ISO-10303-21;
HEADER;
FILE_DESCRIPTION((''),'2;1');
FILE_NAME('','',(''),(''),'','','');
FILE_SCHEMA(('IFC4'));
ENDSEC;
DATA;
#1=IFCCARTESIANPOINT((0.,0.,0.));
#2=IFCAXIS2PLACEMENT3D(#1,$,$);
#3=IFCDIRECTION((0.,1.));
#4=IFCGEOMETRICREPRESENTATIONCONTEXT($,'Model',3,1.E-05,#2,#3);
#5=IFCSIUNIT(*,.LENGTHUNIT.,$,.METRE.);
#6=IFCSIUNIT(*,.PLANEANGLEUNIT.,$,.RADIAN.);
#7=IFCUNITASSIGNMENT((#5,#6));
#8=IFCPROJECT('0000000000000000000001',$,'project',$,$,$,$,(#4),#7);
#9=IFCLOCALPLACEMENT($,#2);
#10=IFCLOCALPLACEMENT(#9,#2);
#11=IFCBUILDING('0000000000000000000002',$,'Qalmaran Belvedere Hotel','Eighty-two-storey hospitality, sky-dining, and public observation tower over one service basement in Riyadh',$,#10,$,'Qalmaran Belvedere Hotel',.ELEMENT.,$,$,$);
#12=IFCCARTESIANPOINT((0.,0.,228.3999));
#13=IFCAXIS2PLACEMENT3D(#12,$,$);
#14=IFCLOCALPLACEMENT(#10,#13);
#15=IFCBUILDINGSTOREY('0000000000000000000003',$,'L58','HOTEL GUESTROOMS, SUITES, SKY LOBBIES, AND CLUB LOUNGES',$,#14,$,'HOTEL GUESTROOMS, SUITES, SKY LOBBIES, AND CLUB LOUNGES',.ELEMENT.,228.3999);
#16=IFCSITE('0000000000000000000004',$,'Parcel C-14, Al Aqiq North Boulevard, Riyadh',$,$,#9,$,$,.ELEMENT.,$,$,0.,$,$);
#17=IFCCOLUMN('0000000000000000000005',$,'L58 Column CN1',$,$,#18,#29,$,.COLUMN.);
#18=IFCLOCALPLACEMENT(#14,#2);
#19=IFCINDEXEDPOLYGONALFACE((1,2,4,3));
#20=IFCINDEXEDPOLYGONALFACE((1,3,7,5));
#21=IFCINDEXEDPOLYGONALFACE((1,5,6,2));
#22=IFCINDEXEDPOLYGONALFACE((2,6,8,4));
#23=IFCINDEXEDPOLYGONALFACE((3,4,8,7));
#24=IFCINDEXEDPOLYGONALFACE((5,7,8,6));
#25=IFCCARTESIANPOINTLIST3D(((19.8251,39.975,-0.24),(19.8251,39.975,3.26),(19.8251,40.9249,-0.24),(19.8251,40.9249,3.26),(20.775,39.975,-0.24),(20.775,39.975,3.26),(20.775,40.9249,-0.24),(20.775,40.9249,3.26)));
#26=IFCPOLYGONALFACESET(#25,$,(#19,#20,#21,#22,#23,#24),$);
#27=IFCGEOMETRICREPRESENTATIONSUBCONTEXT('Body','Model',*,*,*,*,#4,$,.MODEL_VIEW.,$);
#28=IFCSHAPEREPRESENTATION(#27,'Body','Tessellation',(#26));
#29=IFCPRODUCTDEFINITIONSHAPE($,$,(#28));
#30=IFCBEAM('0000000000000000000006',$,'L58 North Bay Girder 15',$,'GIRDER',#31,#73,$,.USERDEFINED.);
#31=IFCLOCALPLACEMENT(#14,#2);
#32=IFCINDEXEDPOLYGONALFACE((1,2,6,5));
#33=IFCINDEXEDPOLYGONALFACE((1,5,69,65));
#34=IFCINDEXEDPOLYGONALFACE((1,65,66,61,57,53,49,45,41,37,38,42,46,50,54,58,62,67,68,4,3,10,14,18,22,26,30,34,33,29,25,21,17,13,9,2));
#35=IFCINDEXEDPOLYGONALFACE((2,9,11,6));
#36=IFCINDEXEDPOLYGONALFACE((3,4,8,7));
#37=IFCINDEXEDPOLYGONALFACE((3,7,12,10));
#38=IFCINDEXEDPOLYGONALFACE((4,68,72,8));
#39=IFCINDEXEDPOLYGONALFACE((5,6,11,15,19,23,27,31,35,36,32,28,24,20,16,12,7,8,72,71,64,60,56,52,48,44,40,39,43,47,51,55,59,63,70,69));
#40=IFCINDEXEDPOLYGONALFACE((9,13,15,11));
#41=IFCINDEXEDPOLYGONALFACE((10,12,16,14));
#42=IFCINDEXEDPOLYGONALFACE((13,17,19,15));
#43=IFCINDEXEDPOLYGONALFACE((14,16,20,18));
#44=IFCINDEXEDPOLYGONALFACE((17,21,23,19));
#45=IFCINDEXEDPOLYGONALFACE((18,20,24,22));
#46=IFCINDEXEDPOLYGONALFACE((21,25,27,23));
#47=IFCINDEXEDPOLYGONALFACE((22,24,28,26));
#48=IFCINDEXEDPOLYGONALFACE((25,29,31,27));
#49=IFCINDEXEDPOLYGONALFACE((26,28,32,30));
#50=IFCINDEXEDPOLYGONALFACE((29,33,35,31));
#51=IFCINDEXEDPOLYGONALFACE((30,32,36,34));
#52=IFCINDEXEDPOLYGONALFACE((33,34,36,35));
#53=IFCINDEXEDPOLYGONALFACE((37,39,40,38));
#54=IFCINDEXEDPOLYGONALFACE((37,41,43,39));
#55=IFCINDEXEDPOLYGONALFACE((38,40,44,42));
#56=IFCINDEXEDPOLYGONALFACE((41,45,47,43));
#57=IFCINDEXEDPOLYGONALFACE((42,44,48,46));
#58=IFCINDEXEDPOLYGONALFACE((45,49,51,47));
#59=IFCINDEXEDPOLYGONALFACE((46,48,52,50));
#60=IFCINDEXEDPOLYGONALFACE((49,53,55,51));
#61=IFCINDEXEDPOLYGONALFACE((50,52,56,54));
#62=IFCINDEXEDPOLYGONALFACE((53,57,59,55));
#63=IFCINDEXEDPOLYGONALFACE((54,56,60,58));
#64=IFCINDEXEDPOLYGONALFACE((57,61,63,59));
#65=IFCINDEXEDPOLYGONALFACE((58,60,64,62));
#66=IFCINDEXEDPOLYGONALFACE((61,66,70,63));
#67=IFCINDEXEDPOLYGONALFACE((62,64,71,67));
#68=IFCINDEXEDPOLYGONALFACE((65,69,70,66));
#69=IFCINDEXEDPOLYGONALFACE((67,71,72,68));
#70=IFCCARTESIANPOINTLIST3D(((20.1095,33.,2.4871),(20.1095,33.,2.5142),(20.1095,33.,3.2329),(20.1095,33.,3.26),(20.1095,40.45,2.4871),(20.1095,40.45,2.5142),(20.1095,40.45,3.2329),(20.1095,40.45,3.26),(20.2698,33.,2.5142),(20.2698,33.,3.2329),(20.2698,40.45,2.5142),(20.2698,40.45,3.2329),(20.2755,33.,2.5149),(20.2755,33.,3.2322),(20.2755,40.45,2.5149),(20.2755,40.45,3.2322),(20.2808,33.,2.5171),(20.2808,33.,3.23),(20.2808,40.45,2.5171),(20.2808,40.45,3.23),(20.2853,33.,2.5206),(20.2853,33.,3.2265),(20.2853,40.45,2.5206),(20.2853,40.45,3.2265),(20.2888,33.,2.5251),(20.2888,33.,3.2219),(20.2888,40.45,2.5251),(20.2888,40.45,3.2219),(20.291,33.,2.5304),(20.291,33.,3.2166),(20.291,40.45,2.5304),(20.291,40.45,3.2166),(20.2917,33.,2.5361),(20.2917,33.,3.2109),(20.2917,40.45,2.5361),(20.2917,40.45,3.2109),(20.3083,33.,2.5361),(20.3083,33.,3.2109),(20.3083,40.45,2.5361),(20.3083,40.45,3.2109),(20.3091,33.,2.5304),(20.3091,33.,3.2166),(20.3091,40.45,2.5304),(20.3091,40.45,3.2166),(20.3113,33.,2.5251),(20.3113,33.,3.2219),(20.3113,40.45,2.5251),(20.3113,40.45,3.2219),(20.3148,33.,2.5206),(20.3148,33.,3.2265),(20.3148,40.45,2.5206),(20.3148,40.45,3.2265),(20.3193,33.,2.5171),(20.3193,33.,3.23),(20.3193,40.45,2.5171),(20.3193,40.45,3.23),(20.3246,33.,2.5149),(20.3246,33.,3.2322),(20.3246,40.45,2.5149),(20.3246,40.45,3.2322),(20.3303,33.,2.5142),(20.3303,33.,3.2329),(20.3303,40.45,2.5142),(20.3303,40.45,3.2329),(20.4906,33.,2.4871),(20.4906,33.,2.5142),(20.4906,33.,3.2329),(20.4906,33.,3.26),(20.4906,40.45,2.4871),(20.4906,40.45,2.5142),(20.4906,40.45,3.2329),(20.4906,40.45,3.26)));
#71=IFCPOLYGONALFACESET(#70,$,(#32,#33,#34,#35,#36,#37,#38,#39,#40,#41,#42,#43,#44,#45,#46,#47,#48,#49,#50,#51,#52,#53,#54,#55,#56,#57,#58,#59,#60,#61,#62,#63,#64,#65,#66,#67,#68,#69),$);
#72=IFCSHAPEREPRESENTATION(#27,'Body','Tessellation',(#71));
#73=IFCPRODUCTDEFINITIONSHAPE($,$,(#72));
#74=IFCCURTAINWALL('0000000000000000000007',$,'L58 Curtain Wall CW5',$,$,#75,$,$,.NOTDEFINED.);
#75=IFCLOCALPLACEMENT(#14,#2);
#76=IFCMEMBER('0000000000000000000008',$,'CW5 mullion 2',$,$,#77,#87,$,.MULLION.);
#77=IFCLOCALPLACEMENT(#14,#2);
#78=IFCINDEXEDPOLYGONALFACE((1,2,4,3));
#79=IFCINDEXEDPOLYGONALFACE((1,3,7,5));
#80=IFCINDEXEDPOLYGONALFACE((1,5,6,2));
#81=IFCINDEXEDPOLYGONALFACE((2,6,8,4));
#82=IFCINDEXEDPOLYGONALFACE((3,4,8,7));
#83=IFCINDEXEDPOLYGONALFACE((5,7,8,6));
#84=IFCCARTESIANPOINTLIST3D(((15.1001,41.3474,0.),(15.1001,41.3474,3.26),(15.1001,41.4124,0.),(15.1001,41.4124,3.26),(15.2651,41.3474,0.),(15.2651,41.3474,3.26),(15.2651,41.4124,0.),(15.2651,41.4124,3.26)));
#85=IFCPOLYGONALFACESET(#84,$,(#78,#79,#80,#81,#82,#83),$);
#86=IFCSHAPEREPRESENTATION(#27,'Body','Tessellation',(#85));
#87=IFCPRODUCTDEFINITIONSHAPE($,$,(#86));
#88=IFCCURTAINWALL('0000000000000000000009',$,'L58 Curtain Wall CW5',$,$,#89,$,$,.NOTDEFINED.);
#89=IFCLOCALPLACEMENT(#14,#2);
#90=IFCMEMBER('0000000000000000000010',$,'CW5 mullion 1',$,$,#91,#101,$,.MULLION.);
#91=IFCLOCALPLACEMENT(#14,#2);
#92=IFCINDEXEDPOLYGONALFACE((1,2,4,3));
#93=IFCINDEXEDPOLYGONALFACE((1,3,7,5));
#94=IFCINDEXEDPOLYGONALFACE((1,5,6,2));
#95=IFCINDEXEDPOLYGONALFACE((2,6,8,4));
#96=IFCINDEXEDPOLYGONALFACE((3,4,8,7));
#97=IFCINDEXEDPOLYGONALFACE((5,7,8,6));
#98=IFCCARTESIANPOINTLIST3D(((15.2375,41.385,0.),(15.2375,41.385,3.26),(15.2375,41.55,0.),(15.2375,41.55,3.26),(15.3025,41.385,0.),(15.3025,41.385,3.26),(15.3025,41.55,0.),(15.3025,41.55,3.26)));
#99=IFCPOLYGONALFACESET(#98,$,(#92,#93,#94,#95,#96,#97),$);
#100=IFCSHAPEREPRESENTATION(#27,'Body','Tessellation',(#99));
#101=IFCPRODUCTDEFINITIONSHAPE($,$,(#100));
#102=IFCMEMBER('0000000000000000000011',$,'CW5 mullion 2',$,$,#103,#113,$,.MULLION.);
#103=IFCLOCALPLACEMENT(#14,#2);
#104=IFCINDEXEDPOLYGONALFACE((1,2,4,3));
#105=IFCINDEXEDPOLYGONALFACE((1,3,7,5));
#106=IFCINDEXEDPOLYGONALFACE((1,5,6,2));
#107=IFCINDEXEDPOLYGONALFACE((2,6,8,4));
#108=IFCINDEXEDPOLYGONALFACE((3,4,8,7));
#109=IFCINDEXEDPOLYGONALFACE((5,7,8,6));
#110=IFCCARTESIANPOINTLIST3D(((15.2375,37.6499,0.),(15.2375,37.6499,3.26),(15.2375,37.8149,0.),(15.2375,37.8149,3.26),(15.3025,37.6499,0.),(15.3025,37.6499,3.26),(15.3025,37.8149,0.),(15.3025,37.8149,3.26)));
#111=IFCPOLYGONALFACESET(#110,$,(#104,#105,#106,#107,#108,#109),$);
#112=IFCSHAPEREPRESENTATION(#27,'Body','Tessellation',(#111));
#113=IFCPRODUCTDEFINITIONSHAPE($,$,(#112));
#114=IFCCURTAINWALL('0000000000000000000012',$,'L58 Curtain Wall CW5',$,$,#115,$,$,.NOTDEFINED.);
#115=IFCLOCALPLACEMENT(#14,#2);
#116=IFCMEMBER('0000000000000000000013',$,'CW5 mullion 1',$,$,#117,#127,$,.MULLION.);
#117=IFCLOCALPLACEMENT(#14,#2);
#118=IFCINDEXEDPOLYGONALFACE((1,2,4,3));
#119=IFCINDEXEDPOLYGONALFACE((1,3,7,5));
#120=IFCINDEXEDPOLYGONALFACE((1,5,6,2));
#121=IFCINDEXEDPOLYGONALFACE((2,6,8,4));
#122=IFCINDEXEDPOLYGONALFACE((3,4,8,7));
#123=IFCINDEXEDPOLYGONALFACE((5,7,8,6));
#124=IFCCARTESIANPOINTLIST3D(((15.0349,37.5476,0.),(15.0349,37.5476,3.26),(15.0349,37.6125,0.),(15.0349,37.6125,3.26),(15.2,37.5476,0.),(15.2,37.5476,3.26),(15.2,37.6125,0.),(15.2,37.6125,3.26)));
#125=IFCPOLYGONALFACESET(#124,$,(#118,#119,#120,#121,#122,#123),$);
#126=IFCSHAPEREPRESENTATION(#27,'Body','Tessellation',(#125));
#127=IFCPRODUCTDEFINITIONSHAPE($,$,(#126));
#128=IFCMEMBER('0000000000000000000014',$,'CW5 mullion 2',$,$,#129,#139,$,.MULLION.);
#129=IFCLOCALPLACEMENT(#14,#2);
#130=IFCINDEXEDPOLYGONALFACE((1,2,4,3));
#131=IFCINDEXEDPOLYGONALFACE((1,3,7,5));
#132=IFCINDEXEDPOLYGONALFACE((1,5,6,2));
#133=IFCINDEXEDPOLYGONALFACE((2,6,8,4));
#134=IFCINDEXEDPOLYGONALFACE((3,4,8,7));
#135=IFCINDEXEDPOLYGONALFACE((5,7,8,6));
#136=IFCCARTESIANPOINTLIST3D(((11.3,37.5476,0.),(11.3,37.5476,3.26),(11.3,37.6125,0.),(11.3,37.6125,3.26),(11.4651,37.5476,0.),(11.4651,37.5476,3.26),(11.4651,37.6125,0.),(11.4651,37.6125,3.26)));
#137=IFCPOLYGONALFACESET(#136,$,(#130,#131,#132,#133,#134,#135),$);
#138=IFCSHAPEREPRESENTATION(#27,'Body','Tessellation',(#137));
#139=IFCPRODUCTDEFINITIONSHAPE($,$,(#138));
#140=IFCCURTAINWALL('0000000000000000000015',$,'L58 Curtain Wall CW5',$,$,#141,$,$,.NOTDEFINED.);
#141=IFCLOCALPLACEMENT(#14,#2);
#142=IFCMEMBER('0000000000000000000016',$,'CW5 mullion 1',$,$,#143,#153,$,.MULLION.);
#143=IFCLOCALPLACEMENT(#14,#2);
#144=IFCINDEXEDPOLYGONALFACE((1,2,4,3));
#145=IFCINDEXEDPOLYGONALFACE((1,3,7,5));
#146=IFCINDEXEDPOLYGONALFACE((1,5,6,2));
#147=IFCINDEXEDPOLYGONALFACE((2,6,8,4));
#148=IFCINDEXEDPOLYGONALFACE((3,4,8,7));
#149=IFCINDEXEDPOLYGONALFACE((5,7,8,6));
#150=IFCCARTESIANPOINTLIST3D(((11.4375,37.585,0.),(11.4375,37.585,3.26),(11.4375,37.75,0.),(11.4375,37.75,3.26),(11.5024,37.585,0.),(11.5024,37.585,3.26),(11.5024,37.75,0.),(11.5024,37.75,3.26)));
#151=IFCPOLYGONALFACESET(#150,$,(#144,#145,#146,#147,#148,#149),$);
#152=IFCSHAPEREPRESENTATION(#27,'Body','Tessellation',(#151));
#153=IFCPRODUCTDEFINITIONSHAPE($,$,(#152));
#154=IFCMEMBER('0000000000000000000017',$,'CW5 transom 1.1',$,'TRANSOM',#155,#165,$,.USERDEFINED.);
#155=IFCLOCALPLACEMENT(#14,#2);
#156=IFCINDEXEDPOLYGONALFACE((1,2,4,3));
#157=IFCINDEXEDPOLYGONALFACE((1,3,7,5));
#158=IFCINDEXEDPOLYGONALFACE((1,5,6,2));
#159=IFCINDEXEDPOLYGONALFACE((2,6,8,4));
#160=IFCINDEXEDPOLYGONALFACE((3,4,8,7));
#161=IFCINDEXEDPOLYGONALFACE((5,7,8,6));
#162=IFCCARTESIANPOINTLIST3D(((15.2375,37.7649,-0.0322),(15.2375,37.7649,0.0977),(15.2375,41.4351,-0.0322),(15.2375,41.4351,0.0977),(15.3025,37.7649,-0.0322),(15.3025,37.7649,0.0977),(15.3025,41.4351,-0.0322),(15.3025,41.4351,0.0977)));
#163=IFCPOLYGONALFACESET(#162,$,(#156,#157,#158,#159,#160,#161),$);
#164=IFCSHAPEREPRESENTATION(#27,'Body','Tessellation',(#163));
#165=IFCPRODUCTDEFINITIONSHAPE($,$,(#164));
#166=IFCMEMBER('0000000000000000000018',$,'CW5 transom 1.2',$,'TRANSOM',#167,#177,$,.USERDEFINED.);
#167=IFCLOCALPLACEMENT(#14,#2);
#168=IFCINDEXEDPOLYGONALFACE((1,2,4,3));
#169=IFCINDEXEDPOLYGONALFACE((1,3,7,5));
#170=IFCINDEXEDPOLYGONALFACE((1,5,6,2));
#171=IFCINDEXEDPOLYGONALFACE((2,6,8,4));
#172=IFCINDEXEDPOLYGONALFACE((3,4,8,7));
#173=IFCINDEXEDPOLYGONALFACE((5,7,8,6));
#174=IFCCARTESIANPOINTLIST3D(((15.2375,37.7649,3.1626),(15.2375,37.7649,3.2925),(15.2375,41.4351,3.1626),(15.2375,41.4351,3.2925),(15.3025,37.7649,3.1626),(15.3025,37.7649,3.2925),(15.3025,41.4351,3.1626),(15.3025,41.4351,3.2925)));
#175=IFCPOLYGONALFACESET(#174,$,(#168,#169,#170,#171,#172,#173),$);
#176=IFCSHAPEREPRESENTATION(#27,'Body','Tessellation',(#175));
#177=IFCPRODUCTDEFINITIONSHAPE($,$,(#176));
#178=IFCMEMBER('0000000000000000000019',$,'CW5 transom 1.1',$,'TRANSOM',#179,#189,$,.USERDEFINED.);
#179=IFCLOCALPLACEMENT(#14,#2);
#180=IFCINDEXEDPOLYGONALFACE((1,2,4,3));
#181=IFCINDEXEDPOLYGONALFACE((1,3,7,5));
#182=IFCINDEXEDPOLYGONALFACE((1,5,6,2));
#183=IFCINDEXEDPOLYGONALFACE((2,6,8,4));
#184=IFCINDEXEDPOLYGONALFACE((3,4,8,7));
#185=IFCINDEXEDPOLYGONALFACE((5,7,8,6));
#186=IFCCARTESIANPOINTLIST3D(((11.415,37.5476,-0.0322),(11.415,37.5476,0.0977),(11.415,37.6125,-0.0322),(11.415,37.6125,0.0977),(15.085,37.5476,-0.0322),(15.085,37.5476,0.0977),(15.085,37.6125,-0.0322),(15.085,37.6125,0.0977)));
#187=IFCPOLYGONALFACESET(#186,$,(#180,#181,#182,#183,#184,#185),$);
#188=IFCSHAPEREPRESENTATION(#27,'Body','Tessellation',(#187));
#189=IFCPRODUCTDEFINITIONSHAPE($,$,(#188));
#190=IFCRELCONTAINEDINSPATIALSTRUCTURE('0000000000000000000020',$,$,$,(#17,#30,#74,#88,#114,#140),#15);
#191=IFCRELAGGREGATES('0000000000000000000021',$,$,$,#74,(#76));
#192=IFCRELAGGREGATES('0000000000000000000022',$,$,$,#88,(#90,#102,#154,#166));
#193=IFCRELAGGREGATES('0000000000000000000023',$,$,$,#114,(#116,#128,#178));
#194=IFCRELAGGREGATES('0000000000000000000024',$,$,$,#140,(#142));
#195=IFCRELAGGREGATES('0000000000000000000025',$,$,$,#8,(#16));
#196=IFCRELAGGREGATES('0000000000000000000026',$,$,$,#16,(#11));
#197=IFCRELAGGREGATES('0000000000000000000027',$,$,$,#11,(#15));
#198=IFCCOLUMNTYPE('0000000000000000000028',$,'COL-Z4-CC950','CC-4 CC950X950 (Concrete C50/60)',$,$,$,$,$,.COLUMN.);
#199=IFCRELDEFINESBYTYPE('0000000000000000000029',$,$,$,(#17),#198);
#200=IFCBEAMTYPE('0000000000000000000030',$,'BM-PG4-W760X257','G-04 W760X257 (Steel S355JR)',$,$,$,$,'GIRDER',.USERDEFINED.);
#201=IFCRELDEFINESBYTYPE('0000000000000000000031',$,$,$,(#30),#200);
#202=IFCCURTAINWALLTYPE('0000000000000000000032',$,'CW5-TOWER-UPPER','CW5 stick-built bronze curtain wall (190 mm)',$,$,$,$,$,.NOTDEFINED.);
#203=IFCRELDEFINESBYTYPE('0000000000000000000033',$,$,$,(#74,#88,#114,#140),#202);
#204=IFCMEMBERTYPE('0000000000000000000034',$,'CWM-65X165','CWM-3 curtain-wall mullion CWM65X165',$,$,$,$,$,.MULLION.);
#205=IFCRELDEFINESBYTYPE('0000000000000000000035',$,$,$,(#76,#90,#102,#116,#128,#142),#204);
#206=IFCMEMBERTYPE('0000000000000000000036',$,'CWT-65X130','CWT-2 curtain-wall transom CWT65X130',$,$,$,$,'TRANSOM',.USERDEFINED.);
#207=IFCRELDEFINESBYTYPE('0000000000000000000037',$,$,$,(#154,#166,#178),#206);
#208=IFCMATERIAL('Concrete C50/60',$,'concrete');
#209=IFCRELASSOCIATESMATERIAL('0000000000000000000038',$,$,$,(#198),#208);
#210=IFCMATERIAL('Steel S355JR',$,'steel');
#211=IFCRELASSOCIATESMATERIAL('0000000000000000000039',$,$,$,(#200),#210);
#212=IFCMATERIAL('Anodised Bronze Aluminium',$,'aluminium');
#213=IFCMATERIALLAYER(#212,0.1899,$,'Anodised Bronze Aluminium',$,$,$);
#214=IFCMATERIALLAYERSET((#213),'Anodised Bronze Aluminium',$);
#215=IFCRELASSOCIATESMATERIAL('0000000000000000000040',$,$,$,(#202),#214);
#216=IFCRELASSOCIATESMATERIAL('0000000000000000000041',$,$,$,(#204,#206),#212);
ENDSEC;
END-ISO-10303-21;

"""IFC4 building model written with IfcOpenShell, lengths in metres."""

from ifc_helpers import new_model, si_unit, direction, frame, origin, origin_2d, place, context, subcontext, project, spatial, rectangle, i_section, extrude, material, layer, layer_set, material_profile, profile_set, type_object, element, aggregate, save


model = new_model("IFC4")

# Units and contexts
model_context = context("Model", 3, precision=1e-05, world=origin(), true_north=direction((0.0, 1.0)))
body_context = subcontext(model_context, "Body", "Model", "MODEL_VIEW")
ifc_project = project(units=[si_unit("LENGTHUNIT", "METRE"), si_unit("PLANEANGLEUNIT", "RADIAN")], contexts=[model_context])

# Site, building, storey
site_placement = place(None, origin())
site = spatial("IfcSite", under=ifc_project, at=site_placement, Name="Parcel C-14, Al Aqiq North Boulevard, Riyadh", CompositionType="ELEMENT", RefElevation=0.0)
building_placement = place(site_placement, origin())
building = spatial("IfcBuilding", under=site, at=building_placement, Name="Qalmaran Belvedere Hotel", Description="Eighty-two-storey hospitality, sky-dining, and public observation tower over one service basement in Riyadh", LongName="Qalmaran Belvedere Hotel", CompositionType="ELEMENT")
storey_placement = place(building_placement, frame((0.0, 0.0, 228.3999)))
storey = spatial("IfcBuildingStorey", under=building, at=storey_placement, Name="L58", Description="HOTEL GUESTROOMS, SUITES, SKY LOBBIES, AND CLUB LOUNGES", LongName="HOTEL GUESTROOMS, SUITES, SKY LOBBIES, AND CLUB LOUNGES", CompositionType="ELEMENT", Elevation=228.3999)

# Column
ifc_material_1 = material(Name="Concrete C50/60", Category="concrete")
ifc_material_profile_1 = material_profile(ifc_material_1, rectangle(XDim=0.95, YDim=0.95, at=origin_2d()), Name="CC950X950")
ifc_profile_set_1 = profile_set([ifc_material_profile_1], Name="Concrete C50/60")
column_type = type_object("IfcColumnType", Name="COL-Z4-CC950", Description="CC-4 CC950X950 (Concrete C50/60)", PredefinedType="COLUMN", material=ifc_profile_set_1)
column_placement = place(storey_placement, frame((20.3, 40.45, -0.24), z_axis=(0.0, 0.0, 1.0), x_axis=(1.0, 0.0, 0.0)))
element("IfcColumn", 1, at=column_placement, inside=storey, type_object=column_type, Name="L58 Column CN1", PredefinedType="COLUMN", context=body_context, shape_type="SweptSolid", body=[
    extrude(rectangle(XDim=0.95, YDim=0.95, at=origin_2d()), origin(), (0.0, 0.0, 1.0), 3.5),
])

# Beam
ifc_material_2 = material(Name="Steel S355JR", Category="steel")
ifc_material_profile_2 = material_profile(ifc_material_2, i_section(OverallWidth=0.3811, OverallDepth=0.7729, WebThickness=0.0166, FlangeThickness=0.0271, FilletRadius=0.022, at=origin_2d()), Name="W760X257")
ifc_profile_set_2 = profile_set([ifc_material_profile_2], Name="Steel S355JR")
beam_type = type_object("IfcBeamType", Name="BM-PG4-W760X257", Description="G-04 W760X257 (Steel S355JR)", ElementType="GIRDER", PredefinedType="USERDEFINED", material=ifc_profile_set_2)
beam_placement = place(storey_placement, frame((20.3, 33.0, 2.8735), z_axis=(0.0, 1.0, 0.0), x_axis=(-1.0, 0.0, 0.0)))
element("IfcBeam", 2, at=beam_placement, inside=storey, type_object=beam_type, Name="L58 North Bay Girder 15", ObjectType="GIRDER", PredefinedType="USERDEFINED", context=body_context, shape_type="SweptSolid", body=[
    extrude(i_section(OverallWidth=0.3811, OverallDepth=0.7729, WebThickness=0.0166, FlangeThickness=0.0271, FilletRadius=0.022, at=origin_2d()), origin(), (0.0, 0.0, 1.0), 7.45),
])

# Curtain wall, member
ifc_material_3 = material(Name="Anodised Bronze Aluminium", Category="aluminium")
ifc_layer_1 = layer(ifc_material_3, 0.1899, Name="Anodised Bronze Aluminium")
ifc_layer_set_1 = layer_set([ifc_layer_1], Name="Anodised Bronze Aluminium")
curtain_wall_type = type_object("IfcCurtainWallType", Name="CW5-TOWER-UPPER", Description="CW5 stick-built bronze curtain wall (190 mm)", PredefinedType="NOTDEFINED", material=ifc_layer_set_1)
curtain_wall_1_placement = place(storey_placement, origin())
curtain_wall_1 = element("IfcCurtainWall", 3, at=curtain_wall_1_placement, inside=storey, type_object=curtain_wall_type, Name="L58 Curtain Wall CW5", PredefinedType="NOTDEFINED")
ifc_material_profile_3 = material_profile(ifc_material_3, rectangle(XDim=0.0649, YDim=0.165, at=origin_2d()), Name="CWM65X165")
ifc_profile_set_3 = profile_set([ifc_material_profile_3], Name="Anodised Bronze Aluminium")
member_type_1 = type_object("IfcMemberType", Name="CWM-65X165", Description="CWM-3 curtain-wall mullion CWM65X165", PredefinedType="MULLION", material=ifc_profile_set_3)
member_1_placement = place(storey_placement, frame((15.1826, 41.3799, 0.0), z_axis=(0.0, 0.0, 1.0), x_axis=(0.0, -1.0, 0.0)))
member_1 = element("IfcMember", 4, at=member_1_placement, type_object=member_type_1, Name="CW5 mullion 2", PredefinedType="MULLION", context=body_context, shape_type="SweptSolid", body=[
    extrude(rectangle(XDim=0.0649, YDim=0.165, at=origin_2d()), origin(), (0.0, 0.0, 1.0), 3.26),
])

# Curtain walls, members
curtain_wall_2_placement = place(storey_placement, origin())
curtain_wall_2 = element("IfcCurtainWall", 5, at=curtain_wall_2_placement, inside=storey, type_object=curtain_wall_type, Name="L58 Curtain Wall CW5", PredefinedType="NOTDEFINED")
member_2_placement = place(storey_placement, frame((15.27, 41.4675, 0.0), z_axis=(0.0, 0.0, 1.0), x_axis=(1.0, 0.0, 0.0)))
member_2 = element("IfcMember", 6, at=member_2_placement, type_object=member_type_1, Name="CW5 mullion 1", PredefinedType="MULLION", context=body_context, shape_type="SweptSolid", body=[
    extrude(rectangle(XDim=0.0649, YDim=0.165, at=origin_2d()), origin(), (0.0, 0.0, 1.0), 3.26),
])
member_3_placement = place(storey_placement, frame((15.27, 37.7324, 0.0), z_axis=(0.0, 0.0, 1.0), x_axis=(1.0, 0.0, 0.0)))
member_3 = element("IfcMember", 7, at=member_3_placement, type_object=member_type_1, Name="CW5 mullion 2", PredefinedType="MULLION", context=body_context, shape_type="SweptSolid", body=[
    extrude(rectangle(XDim=0.0649, YDim=0.165, at=origin_2d()), origin(), (0.0, 0.0, 1.0), 3.26),
])
curtain_wall_3_placement = place(storey_placement, origin())
curtain_wall_3 = element("IfcCurtainWall", 8, at=curtain_wall_3_placement, inside=storey, type_object=curtain_wall_type, Name="L58 Curtain Wall CW5", PredefinedType="NOTDEFINED")
member_4_placement = place(storey_placement, frame((15.1174, 37.5801, 0.0), z_axis=(0.0, 0.0, 1.0), x_axis=(0.0, -1.0, 0.0)))
member_4 = element("IfcMember", 9, at=member_4_placement, type_object=member_type_1, Name="CW5 mullion 1", PredefinedType="MULLION", context=body_context, shape_type="SweptSolid", body=[
    extrude(rectangle(XDim=0.0649, YDim=0.165, at=origin_2d()), origin(), (0.0, 0.0, 1.0), 3.26),
])
member_5_placement = place(storey_placement, frame((11.3826, 37.5801, 0.0), z_axis=(0.0, 0.0, 1.0), x_axis=(0.0, -1.0, 0.0)))
member_5 = element("IfcMember", 10, at=member_5_placement, type_object=member_type_1, Name="CW5 mullion 2", PredefinedType="MULLION", context=body_context, shape_type="SweptSolid", body=[
    extrude(rectangle(XDim=0.0649, YDim=0.165, at=origin_2d()), origin(), (0.0, 0.0, 1.0), 3.26),
])

# Curtain wall, member
curtain_wall_4_placement = place(storey_placement, origin())
curtain_wall_4 = element("IfcCurtainWall", 11, at=curtain_wall_4_placement, inside=storey, type_object=curtain_wall_type, Name="L58 Curtain Wall CW5", PredefinedType="NOTDEFINED")
member_6_placement = place(storey_placement, frame((11.47, 37.6675, 0.0), z_axis=(0.0, 0.0, 1.0), x_axis=(1.0, 0.0, 0.0)))
member_6 = element("IfcMember", 12, at=member_6_placement, type_object=member_type_1, Name="CW5 mullion 1", PredefinedType="MULLION", context=body_context, shape_type="SweptSolid", body=[
    extrude(rectangle(XDim=0.0649, YDim=0.165, at=origin_2d()), origin(), (0.0, 0.0, 1.0), 3.26),
])

# Members
ifc_material_profile_4 = material_profile(ifc_material_3, rectangle(XDim=0.0649, YDim=0.1299, at=origin_2d()), Name="CWT65X130")
ifc_profile_set_4 = profile_set([ifc_material_profile_4], Name="Anodised Bronze Aluminium")
member_type_2 = type_object("IfcMemberType", Name="CWT-65X130", Description="CWT-2 curtain-wall transom CWT65X130", ElementType="TRANSOM", PredefinedType="USERDEFINED", material=ifc_profile_set_4)
member_7_placement = place(storey_placement, frame((15.27, 41.4351, 0.0327), z_axis=(0.0, -1.0, 0.0), x_axis=(1.0, 0.0, 0.0)))
member_7 = element("IfcMember", 13, at=member_7_placement, type_object=member_type_2, Name="CW5 transom 1.1", ObjectType="TRANSOM", PredefinedType="USERDEFINED", context=body_context, shape_type="SweptSolid", body=[
    extrude(rectangle(XDim=0.0649, YDim=0.1299, at=origin_2d()), origin(), (0.0, 0.0, 1.0), 3.6702),
])
member_8_placement = place(storey_placement, frame((15.27, 41.4351, 3.2275), z_axis=(0.0, -1.0, 0.0), x_axis=(1.0, 0.0, 0.0)))
member_8 = element("IfcMember", 14, at=member_8_placement, type_object=member_type_2, Name="CW5 transom 1.2", ObjectType="TRANSOM", PredefinedType="USERDEFINED", context=body_context, shape_type="SweptSolid", body=[
    extrude(rectangle(XDim=0.0649, YDim=0.1299, at=origin_2d()), origin(), (0.0, 0.0, 1.0), 3.6702),
])
member_9_placement = place(storey_placement, frame((15.085, 37.5801, 0.0327), z_axis=(-1.0, 0.0, 0.0), x_axis=(0.0, -1.0, 0.0)))
member_9 = element("IfcMember", 15, at=member_9_placement, type_object=member_type_2, Name="CW5 transom 1.1", ObjectType="TRANSOM", PredefinedType="USERDEFINED", context=body_context, shape_type="SweptSolid", body=[
    extrude(rectangle(XDim=0.0649, YDim=0.1299, at=origin_2d()), origin(), (0.0, 0.0, 1.0), 3.6699),
])

aggregate(curtain_wall_1, [member_1])
aggregate(curtain_wall_2, [member_2, member_3, member_7, member_8])
aggregate(curtain_wall_3, [member_4, member_5, member_9])
aggregate(curtain_wall_4, [member_6])

save(model, "model.ifc")
